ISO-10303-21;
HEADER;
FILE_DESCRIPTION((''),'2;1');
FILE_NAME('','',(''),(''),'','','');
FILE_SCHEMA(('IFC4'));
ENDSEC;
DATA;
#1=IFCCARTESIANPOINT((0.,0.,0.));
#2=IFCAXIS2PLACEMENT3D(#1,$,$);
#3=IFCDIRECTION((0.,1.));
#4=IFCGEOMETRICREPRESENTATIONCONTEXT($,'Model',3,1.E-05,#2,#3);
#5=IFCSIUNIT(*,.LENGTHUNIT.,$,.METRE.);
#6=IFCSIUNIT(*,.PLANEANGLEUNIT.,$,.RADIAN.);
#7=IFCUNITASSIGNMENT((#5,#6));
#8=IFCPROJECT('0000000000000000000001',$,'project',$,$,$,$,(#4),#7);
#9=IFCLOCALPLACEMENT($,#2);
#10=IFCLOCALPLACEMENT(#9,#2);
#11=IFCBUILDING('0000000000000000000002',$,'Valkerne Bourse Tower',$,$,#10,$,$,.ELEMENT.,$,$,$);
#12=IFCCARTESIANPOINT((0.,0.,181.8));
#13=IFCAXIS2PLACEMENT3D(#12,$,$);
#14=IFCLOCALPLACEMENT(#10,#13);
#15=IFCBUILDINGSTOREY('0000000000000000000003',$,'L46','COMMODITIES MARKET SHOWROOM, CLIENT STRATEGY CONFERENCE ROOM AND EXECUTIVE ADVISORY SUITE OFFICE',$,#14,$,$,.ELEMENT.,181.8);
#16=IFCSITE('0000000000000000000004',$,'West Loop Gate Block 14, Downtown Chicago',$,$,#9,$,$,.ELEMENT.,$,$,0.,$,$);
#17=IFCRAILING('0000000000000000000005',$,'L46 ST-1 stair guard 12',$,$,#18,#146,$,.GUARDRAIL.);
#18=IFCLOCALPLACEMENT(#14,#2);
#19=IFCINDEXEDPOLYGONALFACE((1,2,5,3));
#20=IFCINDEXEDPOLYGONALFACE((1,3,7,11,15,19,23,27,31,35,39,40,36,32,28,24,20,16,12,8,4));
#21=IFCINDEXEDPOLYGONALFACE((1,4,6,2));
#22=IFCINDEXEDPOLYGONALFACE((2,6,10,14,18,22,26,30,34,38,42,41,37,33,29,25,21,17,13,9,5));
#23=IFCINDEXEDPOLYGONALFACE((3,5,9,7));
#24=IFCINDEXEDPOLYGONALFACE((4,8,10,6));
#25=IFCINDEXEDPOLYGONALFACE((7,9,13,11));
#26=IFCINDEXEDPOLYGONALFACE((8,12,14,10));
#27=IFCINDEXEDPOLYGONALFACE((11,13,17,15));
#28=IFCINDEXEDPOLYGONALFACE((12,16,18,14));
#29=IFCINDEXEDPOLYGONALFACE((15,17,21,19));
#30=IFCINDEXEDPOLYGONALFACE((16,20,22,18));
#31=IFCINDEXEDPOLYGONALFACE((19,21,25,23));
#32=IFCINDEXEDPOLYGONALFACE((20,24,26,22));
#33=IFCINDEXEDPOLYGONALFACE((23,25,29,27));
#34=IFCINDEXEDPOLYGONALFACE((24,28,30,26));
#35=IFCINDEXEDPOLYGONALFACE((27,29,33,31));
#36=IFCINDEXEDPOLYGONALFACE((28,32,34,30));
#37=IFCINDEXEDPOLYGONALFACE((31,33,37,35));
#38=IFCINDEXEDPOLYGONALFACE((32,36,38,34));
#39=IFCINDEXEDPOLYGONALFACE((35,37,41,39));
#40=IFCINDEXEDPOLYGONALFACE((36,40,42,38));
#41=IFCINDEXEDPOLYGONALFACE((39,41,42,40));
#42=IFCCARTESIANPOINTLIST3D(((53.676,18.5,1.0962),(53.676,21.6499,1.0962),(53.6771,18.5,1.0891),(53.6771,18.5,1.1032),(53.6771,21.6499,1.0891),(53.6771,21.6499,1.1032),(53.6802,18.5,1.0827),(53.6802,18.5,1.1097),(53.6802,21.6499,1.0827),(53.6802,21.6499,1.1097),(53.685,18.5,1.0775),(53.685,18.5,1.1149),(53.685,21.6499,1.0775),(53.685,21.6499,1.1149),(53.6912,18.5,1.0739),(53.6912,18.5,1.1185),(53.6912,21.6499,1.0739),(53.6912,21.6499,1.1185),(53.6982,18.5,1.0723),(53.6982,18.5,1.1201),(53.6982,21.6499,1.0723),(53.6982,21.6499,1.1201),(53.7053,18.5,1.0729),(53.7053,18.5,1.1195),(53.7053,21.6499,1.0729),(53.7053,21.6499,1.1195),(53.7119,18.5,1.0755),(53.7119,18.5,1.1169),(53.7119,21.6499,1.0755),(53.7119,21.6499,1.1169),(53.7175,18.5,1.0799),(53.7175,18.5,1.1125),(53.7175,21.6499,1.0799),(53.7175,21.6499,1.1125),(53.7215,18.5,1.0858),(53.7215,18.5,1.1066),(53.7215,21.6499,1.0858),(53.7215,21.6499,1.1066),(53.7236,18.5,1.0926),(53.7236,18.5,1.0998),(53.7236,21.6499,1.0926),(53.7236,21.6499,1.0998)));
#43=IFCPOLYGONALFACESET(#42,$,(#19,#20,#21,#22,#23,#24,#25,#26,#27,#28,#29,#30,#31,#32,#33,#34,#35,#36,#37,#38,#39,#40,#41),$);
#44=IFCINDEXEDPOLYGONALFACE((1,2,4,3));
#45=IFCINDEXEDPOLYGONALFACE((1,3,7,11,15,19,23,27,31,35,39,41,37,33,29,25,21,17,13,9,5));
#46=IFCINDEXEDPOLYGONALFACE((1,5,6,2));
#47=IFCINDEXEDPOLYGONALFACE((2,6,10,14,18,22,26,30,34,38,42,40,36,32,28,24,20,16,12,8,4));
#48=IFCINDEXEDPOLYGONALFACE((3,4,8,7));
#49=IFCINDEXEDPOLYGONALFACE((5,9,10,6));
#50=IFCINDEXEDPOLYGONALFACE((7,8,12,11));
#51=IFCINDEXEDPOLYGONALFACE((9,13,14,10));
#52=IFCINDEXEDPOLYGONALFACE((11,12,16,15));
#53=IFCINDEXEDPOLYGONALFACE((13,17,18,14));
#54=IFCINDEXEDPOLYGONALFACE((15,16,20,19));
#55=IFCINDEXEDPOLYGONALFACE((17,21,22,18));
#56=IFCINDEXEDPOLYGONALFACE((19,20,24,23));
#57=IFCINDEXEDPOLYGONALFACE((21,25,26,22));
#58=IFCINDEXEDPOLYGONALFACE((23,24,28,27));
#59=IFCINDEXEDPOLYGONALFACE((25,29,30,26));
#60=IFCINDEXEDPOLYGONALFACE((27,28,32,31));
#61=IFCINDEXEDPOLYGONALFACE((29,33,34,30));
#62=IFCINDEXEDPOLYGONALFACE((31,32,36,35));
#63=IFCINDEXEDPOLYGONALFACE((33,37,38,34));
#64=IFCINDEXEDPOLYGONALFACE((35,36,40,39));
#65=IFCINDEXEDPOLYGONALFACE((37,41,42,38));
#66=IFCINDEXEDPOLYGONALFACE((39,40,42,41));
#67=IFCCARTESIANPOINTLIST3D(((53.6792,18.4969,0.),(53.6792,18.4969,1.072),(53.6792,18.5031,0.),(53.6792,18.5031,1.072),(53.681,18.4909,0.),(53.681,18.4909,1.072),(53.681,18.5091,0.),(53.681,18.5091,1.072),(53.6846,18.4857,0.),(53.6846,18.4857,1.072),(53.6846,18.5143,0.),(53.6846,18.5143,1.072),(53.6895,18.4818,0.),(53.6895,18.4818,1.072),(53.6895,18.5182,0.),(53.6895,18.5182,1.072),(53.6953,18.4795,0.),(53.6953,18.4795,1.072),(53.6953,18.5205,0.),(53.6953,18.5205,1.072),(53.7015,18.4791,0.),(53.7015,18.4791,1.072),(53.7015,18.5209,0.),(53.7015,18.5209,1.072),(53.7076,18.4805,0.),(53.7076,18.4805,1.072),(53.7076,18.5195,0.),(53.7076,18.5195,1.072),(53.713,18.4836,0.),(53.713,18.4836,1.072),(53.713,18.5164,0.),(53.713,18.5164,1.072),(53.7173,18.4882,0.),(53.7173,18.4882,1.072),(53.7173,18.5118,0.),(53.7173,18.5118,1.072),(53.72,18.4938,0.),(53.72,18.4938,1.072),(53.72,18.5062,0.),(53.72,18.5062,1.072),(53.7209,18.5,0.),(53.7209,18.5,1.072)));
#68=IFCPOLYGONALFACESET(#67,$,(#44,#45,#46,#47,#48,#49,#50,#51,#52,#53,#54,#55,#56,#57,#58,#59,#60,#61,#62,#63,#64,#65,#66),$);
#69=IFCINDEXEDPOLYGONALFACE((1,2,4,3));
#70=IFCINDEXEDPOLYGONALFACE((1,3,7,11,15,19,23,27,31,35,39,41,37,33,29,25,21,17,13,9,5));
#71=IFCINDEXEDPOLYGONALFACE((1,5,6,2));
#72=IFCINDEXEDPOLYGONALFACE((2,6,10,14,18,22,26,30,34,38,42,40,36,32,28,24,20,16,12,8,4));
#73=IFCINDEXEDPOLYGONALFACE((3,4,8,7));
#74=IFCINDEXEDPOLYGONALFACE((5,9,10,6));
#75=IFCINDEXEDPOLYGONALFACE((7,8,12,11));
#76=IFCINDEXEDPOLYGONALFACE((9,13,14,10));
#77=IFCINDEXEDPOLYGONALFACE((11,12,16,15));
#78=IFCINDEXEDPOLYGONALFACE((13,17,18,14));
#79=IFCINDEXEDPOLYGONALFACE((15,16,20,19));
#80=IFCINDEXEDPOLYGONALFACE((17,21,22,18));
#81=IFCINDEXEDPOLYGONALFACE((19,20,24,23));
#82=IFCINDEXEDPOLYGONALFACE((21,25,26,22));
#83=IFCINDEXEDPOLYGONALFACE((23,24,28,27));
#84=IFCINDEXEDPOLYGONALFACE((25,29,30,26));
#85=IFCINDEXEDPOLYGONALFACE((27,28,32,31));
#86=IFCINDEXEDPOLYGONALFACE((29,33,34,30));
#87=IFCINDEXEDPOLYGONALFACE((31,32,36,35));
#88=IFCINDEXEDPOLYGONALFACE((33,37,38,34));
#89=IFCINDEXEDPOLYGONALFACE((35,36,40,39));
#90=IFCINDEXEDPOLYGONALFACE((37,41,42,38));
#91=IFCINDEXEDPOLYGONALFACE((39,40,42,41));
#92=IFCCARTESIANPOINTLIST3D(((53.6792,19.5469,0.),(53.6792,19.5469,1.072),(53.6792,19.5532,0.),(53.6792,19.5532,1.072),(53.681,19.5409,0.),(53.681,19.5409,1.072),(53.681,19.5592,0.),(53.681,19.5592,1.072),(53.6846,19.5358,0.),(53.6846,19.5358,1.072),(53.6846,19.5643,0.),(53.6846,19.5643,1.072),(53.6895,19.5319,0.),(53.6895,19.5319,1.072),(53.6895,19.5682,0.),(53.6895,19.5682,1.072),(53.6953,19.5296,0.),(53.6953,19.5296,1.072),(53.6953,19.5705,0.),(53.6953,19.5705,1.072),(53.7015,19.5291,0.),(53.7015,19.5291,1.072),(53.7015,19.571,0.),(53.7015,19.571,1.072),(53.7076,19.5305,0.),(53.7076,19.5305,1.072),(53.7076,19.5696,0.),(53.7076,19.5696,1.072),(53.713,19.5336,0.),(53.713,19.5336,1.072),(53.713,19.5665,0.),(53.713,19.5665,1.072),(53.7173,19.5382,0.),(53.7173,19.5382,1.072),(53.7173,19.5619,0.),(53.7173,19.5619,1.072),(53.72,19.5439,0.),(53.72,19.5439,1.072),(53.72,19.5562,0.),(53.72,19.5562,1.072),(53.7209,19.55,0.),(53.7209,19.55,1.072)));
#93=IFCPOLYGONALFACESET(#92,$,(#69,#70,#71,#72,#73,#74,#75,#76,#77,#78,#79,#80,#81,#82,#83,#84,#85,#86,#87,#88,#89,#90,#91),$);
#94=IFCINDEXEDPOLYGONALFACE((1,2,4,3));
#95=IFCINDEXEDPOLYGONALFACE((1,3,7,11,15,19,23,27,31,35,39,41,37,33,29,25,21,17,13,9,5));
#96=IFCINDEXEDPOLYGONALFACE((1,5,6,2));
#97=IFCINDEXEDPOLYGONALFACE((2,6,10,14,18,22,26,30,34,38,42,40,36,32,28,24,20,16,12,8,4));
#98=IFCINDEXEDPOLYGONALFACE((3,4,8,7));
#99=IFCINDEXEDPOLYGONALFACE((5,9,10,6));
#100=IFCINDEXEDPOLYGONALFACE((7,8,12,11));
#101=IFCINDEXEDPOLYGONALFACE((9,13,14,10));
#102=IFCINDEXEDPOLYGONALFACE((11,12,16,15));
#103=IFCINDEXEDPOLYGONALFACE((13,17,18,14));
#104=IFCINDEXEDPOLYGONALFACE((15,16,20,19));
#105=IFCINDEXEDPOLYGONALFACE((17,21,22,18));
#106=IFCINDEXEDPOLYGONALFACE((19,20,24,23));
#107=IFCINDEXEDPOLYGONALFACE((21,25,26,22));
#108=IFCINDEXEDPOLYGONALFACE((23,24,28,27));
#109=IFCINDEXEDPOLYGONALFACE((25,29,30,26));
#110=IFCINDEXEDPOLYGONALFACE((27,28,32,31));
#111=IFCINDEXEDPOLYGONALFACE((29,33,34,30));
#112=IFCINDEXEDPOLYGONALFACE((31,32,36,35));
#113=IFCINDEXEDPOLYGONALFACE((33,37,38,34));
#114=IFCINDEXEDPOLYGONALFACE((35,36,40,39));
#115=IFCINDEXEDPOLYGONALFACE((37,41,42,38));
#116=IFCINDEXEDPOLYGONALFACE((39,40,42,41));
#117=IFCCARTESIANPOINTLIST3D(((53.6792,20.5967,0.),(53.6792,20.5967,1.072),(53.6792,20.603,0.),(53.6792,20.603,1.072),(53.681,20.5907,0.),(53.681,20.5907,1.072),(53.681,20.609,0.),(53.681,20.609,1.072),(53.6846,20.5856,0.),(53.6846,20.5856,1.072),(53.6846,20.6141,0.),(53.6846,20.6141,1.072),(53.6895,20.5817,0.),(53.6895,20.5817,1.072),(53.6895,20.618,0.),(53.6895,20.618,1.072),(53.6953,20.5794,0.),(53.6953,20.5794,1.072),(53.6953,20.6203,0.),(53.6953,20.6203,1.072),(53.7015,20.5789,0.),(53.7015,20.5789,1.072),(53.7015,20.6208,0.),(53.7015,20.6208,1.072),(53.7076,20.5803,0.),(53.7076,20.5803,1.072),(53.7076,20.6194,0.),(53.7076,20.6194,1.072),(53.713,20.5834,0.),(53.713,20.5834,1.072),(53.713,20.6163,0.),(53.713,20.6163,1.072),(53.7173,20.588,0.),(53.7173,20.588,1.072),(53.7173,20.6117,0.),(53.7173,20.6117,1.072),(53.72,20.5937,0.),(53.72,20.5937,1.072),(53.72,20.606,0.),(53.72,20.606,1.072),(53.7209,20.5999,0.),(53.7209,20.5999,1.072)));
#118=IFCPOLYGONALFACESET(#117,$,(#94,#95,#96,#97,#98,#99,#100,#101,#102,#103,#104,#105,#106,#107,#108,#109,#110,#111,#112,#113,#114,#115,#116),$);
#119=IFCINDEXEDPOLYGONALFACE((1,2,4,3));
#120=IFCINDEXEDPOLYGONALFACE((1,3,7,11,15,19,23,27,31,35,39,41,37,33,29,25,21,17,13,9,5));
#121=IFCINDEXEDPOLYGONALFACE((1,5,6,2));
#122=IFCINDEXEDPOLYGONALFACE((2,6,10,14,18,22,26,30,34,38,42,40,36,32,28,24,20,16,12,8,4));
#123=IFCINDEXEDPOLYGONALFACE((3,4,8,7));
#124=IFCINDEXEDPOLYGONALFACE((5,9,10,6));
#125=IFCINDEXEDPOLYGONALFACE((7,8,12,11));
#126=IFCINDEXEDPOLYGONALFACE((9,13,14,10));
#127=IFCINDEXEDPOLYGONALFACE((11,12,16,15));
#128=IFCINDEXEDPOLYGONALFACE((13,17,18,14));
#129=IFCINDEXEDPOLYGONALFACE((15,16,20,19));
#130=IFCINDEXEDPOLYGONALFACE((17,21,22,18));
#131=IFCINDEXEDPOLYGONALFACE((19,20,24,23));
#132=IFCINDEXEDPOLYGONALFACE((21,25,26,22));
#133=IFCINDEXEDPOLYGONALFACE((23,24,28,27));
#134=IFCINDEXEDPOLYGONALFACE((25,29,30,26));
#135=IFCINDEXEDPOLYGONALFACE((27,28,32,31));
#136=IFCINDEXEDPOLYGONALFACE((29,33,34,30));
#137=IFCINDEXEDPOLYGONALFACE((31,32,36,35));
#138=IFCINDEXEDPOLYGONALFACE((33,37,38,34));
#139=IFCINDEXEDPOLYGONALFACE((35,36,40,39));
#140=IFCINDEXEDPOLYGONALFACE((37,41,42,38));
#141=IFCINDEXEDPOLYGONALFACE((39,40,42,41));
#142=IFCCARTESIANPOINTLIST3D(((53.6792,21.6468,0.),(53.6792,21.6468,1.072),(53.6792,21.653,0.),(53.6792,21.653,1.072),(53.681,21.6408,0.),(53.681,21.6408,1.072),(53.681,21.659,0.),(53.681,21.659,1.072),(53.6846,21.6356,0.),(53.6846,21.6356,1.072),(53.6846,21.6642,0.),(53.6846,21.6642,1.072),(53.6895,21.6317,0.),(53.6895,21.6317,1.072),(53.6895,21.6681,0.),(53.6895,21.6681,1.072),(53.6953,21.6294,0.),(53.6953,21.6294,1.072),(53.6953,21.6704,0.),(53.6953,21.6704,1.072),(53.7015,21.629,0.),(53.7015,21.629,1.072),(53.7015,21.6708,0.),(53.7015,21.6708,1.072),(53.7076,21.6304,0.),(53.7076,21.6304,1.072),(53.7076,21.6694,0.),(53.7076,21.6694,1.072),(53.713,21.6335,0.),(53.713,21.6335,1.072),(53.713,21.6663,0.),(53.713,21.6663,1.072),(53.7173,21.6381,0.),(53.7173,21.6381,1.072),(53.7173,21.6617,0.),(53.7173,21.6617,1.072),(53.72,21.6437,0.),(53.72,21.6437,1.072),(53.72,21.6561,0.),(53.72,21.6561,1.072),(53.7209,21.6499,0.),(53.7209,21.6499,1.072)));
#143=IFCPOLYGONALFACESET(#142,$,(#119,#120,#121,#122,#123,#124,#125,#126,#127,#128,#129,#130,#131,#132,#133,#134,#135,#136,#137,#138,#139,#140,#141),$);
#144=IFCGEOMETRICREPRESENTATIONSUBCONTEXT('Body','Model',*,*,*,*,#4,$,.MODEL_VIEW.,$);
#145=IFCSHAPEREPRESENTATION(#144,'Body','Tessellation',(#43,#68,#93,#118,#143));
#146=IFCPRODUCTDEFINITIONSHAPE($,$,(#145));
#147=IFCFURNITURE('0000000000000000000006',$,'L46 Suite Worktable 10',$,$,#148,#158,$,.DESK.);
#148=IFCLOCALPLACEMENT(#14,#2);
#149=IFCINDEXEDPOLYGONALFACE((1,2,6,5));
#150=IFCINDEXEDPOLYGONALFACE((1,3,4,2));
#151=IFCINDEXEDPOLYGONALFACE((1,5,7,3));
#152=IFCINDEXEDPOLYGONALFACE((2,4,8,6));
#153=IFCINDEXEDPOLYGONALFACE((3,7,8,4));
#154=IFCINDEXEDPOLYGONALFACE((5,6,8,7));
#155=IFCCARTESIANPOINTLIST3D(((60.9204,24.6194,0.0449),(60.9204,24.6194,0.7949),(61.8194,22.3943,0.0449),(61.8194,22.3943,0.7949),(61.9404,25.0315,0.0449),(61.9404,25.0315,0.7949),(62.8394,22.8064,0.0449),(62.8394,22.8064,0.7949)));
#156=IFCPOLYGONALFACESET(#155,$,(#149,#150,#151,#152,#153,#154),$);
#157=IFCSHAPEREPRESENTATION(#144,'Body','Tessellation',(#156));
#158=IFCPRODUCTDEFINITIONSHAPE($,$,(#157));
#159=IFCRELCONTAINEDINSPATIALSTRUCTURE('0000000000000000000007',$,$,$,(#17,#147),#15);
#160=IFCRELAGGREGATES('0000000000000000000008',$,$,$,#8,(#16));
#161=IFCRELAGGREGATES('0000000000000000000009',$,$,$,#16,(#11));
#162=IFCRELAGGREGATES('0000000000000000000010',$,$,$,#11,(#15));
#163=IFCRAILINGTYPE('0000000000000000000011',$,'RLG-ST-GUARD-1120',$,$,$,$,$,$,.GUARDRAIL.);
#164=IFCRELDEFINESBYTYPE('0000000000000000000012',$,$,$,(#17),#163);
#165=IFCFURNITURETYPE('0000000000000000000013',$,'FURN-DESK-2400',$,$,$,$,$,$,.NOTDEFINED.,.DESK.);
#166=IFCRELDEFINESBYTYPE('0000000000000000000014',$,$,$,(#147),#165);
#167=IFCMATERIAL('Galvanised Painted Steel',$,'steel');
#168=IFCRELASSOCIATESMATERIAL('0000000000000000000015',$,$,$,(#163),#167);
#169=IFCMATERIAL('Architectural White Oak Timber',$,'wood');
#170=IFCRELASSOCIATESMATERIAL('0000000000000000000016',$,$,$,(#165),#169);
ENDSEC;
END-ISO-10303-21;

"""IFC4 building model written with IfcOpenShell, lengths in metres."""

from ifc_helpers import new_model, si_unit, direction, frame, origin, origin_2d, place, context, subcontext, project, spatial, rectangle, circle, extrude, material, type_object, element, save


model = new_model("IFC4")

# Units and contexts
model_context = context("Model", 3, precision=1e-05, world=origin(), true_north=direction((0.0, 1.0)))
body_context = subcontext(model_context, "Body", "Model", "MODEL_VIEW")
ifc_project = project(units=[si_unit("LENGTHUNIT", "METRE"), si_unit("PLANEANGLEUNIT", "RADIAN")], contexts=[model_context])

# Site, building, storey
site_placement = place(None, origin())
site = spatial("IfcSite", under=ifc_project, at=site_placement, Name="West Loop Gate Block 14, Downtown Chicago", CompositionType="ELEMENT", RefElevation=0.0)
building_placement = place(site_placement, origin())
building = spatial("IfcBuilding", under=site, at=building_placement, Name="Valkerne Bourse Tower", CompositionType="ELEMENT")
storey_placement = place(building_placement, frame((0.0, 0.0, 181.8)))
storey = spatial("IfcBuildingStorey", under=building, at=storey_placement, Name="L46", Description="COMMODITIES MARKET SHOWROOM, CLIENT STRATEGY CONFERENCE ROOM AND EXECUTIVE ADVISORY SUITE OFFICE", CompositionType="ELEMENT", Elevation=181.8)

# Shared definitions
ifc_material_1 = material(Name="Architectural White Oak Timber", Category="wood")

# Railing
ifc_material_2 = material(Name="Galvanised Painted Steel", Category="steel")
railing_type = type_object("IfcRailingType", Name="RLG-ST-GUARD-1120", PredefinedType="GUARDRAIL", material=ifc_material_2)
railing_1_placement = place(storey_placement, frame((53.7, 18.5, 0.0)))
element("IfcRailing", 1, at=railing_1_placement, inside=storey, type_object=railing_type, Name="L46 ST-1 stair guard 12", PredefinedType="GUARDRAIL", context=body_context, shape_type="SweptSolid", body=[
    extrude(circle(Radius=0.0239, at=origin_2d()), frame((0.0, 0.0, 1.0962), z_axis=(0.0, 1.0, 0.0), x_axis=(-1.0, 0.0, 0.0)), (0.0, 0.0, 1.0), 3.1499),
    extrude(circle(Radius=0.021, at=origin_2d()), origin(), (0.0, 0.0, 1.0), 1.072),
    extrude(circle(Radius=0.021, at=origin_2d()), frame((0.0, 1.05, 0.0)), (0.0, 0.0, 1.0), 1.072),
    extrude(circle(Radius=0.021, at=origin_2d()), frame((0.0, 2.0999, 0.0)), (0.0, 0.0, 1.0), 1.072),
    extrude(circle(Radius=0.021, at=origin_2d()), frame((0.0, 3.1499, 0.0)), (0.0, 0.0, 1.0), 1.072),
])

# Furniture
furniture_type = type_object("IfcFurnitureType", Name="FURN-DESK-2400", AssemblyPlace="NOTDEFINED", PredefinedType="DESK", material=ifc_material_1)
furniture_placement = place(storey_placement, frame((61.8799, 23.7129, 0.0449), z_axis=(0.0, 0.0, 1.0), x_axis=(-0.374607, 0.927184, 0.0)))
element("IfcFurniture", 2, at=furniture_placement, inside=storey, type_object=furniture_type, Name="L46 Suite Worktable 10", PredefinedType="DESK", context=body_context, shape_type="SweptSolid", body=[
    extrude(rectangle(XDim=2.3999, YDim=1.1001, at=origin_2d()), origin(), (0.0, 0.0, 1.0), 0.75),
])

save(model, "model.ifc")
